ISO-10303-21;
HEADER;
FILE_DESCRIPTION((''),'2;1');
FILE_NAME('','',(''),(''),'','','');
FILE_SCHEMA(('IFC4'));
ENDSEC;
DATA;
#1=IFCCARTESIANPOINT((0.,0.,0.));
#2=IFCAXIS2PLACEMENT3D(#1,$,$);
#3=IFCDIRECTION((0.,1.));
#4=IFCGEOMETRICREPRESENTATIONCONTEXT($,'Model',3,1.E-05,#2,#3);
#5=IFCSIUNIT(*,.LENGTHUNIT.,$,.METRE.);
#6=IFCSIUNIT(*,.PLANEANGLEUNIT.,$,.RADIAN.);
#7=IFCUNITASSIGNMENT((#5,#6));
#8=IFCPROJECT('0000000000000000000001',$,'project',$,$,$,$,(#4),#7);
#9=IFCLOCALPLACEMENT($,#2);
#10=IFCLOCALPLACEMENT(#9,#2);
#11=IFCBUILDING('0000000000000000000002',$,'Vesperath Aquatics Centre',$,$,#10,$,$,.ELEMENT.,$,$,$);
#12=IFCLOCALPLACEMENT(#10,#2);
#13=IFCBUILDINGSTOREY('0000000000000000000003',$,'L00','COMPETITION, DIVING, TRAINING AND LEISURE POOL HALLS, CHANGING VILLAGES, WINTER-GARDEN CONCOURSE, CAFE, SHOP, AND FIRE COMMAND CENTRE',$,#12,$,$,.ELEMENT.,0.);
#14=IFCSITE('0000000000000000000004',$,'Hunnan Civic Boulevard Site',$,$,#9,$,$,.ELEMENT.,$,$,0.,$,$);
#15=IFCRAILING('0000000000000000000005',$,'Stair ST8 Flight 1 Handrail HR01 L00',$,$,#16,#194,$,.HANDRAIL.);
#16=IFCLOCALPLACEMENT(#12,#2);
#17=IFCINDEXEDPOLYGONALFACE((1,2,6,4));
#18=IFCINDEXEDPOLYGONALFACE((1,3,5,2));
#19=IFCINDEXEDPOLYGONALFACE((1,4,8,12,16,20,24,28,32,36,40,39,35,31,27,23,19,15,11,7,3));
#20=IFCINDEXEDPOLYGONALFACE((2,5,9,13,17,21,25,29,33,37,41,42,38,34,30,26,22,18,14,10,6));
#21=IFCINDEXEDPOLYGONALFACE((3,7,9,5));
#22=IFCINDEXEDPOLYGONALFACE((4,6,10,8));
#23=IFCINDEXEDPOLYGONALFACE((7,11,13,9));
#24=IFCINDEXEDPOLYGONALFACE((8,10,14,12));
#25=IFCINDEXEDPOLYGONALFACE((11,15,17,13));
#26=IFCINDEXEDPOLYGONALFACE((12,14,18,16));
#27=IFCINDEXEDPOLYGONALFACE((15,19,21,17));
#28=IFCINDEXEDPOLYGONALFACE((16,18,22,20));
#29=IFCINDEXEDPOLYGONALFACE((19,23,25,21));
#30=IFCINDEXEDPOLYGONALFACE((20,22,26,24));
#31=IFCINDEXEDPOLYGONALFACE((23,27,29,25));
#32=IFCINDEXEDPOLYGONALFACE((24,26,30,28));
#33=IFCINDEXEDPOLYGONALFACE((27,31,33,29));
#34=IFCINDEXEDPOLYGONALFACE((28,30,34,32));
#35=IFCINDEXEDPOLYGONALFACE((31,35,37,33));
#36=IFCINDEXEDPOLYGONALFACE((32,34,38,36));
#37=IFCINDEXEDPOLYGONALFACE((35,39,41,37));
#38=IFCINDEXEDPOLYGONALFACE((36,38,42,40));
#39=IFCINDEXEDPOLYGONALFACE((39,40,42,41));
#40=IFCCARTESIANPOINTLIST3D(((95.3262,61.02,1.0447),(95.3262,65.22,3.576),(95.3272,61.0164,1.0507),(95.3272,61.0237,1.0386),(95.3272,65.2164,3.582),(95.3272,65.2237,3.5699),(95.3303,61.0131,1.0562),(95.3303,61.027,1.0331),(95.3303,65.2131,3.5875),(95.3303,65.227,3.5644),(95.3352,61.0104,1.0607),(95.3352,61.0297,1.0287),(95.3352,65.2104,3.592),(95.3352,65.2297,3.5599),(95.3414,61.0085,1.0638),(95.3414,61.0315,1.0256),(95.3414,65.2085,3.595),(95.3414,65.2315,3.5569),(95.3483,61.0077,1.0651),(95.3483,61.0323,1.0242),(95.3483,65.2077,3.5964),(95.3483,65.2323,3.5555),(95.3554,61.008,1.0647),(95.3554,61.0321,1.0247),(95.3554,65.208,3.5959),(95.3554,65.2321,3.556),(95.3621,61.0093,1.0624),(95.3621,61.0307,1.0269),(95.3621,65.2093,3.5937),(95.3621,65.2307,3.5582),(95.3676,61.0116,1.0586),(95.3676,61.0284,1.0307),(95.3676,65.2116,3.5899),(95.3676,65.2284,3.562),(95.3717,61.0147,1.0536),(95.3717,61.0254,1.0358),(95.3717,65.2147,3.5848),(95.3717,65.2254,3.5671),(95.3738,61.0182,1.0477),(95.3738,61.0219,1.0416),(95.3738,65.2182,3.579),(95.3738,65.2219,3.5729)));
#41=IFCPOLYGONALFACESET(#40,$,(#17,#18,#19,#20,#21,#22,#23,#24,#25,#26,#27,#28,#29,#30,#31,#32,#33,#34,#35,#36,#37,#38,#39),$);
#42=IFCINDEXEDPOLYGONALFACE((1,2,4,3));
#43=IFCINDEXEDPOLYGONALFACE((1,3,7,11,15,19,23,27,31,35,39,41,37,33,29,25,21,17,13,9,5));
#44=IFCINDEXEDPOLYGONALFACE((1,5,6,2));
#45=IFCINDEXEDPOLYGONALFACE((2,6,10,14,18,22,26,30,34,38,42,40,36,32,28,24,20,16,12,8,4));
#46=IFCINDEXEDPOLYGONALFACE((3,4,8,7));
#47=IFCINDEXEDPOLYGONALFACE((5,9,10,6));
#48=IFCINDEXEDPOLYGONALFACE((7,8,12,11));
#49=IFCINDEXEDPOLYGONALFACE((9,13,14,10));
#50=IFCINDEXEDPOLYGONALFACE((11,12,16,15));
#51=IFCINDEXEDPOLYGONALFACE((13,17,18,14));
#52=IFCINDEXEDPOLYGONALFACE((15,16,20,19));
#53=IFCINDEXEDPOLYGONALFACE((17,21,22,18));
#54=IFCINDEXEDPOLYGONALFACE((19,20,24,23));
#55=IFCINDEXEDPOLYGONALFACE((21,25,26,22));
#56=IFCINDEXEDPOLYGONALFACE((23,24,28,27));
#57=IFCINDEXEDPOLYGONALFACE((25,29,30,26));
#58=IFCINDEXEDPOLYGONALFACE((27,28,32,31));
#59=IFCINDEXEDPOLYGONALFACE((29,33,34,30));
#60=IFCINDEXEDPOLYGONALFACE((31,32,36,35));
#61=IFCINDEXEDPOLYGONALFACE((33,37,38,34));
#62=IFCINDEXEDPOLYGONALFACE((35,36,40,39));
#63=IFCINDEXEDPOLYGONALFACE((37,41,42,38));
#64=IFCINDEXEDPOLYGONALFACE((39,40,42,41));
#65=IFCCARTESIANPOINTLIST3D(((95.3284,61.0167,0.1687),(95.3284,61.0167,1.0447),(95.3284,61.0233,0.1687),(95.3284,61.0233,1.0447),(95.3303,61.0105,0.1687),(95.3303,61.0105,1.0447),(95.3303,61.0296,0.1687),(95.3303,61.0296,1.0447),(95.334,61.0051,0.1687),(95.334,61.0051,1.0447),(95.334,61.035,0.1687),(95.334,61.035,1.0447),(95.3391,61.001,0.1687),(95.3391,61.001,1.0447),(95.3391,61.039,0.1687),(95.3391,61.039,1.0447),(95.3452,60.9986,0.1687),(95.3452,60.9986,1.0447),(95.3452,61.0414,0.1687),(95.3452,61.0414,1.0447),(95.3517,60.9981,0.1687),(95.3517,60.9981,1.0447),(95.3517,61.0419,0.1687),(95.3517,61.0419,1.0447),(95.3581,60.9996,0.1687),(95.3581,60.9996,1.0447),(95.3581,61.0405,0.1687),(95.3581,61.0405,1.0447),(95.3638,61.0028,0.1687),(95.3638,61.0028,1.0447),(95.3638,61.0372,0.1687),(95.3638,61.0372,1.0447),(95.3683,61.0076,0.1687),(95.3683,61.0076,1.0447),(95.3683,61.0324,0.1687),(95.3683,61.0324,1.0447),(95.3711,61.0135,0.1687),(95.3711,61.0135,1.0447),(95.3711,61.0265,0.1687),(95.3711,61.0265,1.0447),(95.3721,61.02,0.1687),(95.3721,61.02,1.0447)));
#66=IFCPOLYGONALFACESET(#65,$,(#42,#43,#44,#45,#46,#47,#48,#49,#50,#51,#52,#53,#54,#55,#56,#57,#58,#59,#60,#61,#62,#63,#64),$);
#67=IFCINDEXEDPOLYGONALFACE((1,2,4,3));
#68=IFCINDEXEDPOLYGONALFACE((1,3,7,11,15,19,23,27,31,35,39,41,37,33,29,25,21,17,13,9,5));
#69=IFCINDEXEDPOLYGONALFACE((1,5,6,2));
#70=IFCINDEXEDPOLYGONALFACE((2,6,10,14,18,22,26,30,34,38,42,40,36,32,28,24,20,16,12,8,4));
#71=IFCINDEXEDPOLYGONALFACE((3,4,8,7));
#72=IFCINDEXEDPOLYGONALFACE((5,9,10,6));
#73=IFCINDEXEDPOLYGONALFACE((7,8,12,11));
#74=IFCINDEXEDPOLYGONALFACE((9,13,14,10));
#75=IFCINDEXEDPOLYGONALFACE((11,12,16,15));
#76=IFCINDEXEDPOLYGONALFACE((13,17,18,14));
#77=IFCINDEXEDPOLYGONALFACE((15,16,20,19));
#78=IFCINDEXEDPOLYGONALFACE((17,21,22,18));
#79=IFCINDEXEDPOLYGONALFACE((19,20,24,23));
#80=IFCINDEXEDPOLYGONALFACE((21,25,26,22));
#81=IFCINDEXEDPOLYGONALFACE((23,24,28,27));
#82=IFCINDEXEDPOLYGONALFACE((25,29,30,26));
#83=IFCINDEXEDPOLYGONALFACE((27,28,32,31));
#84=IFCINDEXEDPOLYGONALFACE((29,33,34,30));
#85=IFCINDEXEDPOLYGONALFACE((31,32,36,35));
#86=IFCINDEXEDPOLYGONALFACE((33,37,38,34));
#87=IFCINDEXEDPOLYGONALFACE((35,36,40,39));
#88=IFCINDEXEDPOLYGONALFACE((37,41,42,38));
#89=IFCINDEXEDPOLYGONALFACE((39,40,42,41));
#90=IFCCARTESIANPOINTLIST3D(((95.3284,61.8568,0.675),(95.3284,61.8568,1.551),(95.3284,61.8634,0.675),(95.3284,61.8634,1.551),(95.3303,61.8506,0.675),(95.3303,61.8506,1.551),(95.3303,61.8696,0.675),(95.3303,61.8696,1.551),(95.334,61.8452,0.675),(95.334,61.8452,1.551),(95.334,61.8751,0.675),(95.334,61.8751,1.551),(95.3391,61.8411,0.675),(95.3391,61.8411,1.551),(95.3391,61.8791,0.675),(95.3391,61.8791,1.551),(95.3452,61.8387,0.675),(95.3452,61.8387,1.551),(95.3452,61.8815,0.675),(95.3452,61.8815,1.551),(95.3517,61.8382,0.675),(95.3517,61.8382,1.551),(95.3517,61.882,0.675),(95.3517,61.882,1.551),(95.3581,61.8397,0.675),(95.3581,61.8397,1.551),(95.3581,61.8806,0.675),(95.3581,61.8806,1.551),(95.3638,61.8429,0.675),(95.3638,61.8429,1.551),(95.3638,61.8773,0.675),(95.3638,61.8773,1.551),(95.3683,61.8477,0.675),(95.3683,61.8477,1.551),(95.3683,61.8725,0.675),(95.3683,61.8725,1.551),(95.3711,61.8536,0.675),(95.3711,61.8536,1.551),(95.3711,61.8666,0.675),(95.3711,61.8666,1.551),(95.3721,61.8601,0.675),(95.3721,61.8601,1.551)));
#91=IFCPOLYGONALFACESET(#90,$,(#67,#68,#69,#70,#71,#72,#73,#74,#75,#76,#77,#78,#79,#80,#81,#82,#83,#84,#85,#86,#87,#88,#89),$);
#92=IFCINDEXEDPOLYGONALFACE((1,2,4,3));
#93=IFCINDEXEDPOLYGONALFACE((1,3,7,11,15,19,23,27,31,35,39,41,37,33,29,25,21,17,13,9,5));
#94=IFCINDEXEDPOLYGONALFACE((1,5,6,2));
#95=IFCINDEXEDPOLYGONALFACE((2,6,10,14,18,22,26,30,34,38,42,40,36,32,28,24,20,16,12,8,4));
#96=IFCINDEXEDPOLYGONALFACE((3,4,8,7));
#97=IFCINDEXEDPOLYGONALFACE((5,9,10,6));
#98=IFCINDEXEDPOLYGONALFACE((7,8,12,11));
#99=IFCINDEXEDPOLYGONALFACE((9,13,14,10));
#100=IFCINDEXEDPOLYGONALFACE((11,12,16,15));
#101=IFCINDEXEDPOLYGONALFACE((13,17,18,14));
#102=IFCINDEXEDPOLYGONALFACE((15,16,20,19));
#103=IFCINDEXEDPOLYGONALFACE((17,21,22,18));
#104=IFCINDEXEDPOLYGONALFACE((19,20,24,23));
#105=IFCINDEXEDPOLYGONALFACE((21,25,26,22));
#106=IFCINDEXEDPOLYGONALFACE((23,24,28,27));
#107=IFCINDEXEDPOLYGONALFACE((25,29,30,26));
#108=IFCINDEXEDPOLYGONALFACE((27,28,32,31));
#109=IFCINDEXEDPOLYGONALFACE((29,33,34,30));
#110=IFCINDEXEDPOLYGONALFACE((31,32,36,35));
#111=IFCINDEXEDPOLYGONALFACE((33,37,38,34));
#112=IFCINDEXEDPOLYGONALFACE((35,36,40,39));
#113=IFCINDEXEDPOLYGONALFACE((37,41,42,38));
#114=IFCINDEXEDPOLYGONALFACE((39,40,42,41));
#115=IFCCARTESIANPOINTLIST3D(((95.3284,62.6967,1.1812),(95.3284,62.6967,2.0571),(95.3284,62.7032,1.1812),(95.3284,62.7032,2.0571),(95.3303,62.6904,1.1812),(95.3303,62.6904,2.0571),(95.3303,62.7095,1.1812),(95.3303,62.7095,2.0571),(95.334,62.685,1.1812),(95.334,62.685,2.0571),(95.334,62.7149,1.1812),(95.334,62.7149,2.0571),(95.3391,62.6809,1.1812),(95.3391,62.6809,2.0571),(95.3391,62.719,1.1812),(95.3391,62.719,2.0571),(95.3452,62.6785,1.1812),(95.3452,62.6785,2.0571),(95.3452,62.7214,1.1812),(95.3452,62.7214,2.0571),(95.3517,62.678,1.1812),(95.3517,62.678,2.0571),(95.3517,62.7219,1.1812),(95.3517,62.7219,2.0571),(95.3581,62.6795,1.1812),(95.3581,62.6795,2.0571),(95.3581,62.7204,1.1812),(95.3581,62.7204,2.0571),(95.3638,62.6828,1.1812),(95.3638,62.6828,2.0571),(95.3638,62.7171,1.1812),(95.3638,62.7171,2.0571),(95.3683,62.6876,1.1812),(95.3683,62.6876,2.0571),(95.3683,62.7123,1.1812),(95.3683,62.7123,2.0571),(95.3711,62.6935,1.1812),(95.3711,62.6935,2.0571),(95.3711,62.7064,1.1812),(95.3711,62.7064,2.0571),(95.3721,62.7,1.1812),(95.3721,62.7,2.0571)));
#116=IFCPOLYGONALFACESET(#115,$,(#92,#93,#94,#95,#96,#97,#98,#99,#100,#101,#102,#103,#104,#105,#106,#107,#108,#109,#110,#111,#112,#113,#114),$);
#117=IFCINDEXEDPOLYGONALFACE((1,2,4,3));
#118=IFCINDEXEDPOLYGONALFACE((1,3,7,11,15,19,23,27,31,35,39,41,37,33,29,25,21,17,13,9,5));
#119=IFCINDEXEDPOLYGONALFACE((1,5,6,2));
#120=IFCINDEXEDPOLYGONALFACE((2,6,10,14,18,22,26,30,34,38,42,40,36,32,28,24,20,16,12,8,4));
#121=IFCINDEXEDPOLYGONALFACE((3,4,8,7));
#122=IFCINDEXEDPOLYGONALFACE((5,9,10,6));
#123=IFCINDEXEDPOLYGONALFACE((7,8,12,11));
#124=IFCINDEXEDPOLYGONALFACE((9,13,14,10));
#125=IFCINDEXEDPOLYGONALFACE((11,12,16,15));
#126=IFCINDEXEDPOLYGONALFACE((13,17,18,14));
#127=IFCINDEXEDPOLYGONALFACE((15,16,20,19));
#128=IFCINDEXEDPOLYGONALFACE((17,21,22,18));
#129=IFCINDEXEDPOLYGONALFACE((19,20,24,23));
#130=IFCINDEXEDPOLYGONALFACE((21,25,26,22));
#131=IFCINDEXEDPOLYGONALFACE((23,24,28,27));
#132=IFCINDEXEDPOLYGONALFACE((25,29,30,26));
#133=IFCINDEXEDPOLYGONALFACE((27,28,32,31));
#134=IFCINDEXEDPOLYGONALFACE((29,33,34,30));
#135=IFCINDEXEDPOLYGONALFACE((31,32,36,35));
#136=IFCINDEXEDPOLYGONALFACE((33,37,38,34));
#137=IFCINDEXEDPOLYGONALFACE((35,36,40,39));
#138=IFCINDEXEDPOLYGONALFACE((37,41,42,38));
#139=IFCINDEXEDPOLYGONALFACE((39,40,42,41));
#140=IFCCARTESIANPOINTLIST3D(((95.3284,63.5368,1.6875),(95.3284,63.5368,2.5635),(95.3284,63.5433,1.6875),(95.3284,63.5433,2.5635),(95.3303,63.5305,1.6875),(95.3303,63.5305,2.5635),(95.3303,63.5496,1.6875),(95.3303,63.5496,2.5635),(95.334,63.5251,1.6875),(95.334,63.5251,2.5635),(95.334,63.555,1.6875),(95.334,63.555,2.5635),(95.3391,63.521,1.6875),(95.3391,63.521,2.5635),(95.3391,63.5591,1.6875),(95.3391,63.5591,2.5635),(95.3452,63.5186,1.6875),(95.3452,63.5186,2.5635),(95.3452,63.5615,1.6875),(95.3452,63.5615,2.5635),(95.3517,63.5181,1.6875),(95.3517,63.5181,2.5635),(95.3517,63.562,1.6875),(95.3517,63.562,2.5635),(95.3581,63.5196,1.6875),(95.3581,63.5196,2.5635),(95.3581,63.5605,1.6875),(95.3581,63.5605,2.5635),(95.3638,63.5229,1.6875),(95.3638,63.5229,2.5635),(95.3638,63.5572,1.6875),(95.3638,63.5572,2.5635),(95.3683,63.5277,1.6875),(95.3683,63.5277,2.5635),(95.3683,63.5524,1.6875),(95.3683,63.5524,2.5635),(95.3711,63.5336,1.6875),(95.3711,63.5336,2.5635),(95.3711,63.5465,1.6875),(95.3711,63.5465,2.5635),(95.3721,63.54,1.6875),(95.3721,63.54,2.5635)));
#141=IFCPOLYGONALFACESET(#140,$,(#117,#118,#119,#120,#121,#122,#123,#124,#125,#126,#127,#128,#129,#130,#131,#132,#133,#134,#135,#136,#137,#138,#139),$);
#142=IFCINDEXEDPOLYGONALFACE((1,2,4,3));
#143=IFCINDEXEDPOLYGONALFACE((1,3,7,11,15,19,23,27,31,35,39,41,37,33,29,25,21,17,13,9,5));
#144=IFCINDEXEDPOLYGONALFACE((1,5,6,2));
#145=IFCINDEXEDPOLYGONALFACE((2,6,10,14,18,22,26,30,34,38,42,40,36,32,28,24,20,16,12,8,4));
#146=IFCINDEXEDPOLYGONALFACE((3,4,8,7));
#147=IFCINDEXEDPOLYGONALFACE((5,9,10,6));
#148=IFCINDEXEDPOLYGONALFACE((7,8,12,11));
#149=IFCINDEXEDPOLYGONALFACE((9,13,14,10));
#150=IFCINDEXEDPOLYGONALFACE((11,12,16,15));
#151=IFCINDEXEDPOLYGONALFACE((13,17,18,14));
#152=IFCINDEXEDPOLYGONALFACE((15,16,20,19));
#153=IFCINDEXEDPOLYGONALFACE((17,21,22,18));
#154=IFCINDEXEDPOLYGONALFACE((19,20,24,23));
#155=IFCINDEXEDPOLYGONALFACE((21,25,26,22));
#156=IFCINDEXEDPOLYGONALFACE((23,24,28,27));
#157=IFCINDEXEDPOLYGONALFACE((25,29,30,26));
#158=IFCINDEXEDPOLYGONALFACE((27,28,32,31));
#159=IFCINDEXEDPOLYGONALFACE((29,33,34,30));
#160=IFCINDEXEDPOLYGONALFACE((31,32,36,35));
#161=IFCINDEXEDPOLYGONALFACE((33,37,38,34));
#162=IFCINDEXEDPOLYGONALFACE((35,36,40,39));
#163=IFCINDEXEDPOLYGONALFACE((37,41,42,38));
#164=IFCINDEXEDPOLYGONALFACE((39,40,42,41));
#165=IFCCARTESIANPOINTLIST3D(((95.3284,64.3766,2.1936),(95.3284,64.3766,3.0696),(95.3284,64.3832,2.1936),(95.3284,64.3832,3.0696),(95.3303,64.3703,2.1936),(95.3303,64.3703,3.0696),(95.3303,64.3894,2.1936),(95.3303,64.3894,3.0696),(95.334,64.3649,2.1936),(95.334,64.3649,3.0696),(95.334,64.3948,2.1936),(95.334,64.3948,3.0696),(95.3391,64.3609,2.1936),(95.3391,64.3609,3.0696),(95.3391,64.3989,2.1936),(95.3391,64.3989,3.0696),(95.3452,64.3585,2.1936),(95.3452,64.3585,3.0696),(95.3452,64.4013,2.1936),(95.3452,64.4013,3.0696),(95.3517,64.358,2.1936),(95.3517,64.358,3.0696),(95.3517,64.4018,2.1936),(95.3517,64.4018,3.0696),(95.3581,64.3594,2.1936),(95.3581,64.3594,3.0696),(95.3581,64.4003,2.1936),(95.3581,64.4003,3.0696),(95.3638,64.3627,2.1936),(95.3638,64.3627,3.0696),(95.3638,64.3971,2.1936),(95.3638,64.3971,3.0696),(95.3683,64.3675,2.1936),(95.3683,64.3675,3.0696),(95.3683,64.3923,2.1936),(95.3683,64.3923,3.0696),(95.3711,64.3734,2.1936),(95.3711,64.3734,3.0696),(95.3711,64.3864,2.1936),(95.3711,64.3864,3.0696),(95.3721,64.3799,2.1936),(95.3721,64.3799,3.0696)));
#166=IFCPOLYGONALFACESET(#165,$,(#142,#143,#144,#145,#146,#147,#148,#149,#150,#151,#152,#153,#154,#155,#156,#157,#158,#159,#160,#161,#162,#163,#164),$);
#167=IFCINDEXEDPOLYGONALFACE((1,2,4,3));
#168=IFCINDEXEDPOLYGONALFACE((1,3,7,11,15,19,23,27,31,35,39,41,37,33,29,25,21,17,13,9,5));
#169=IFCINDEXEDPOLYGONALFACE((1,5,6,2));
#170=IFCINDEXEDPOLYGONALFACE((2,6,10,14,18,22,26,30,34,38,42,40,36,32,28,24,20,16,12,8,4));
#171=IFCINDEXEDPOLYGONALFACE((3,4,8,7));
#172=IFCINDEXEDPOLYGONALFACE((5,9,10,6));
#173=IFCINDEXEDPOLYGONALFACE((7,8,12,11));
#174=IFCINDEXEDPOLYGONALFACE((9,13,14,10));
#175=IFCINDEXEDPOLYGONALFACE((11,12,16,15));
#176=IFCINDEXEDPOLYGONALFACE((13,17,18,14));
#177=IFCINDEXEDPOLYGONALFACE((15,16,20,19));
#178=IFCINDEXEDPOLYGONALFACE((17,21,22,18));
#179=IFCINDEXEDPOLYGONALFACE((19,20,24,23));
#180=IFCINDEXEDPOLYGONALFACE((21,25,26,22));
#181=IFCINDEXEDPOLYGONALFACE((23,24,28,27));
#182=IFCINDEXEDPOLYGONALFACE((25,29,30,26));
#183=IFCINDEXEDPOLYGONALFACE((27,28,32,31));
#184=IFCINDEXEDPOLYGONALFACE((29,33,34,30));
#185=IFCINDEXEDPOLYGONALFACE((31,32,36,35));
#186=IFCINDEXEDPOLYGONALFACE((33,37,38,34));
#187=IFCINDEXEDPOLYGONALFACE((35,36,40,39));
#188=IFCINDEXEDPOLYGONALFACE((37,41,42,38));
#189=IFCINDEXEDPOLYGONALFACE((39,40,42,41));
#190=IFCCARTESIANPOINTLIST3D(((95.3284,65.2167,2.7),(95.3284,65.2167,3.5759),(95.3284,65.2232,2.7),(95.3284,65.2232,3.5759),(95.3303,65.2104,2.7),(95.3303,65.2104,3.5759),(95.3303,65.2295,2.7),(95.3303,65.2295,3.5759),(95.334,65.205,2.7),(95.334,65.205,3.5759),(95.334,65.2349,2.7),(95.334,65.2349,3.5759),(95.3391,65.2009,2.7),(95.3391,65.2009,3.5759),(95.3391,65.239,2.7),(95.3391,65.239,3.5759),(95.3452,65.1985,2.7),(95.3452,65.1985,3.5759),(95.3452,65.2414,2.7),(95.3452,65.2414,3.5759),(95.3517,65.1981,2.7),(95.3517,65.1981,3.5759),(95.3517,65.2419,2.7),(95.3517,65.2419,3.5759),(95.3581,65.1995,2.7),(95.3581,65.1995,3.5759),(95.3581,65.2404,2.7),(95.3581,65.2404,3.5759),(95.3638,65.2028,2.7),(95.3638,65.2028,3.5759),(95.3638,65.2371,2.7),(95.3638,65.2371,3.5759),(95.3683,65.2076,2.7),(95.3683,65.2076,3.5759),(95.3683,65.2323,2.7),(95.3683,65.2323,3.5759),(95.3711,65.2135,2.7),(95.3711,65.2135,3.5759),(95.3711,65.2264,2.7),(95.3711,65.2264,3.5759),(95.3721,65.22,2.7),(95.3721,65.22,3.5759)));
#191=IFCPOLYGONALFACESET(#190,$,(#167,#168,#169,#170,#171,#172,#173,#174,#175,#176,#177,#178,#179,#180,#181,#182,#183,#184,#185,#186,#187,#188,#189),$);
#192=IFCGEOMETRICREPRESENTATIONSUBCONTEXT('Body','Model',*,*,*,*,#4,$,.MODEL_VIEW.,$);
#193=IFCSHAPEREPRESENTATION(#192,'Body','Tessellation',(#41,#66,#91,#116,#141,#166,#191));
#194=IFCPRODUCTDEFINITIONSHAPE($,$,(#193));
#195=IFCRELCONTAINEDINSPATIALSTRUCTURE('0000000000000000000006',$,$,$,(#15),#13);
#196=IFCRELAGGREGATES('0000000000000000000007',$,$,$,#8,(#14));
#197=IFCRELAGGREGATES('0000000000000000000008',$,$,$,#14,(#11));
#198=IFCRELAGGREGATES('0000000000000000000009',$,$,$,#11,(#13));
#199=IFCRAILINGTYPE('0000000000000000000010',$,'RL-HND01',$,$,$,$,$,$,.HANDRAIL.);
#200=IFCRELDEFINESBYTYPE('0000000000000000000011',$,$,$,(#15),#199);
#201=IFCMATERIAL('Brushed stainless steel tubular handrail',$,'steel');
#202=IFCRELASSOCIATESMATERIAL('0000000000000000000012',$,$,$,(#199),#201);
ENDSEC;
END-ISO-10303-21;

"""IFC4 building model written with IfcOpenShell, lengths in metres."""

from ifc_helpers import new_model, si_unit, direction, frame, origin, origin_2d, place, context, subcontext, project, spatial, circle, extrude, material, type_object, element, save


model = new_model("IFC4")

# Units and contexts
model_context = context("Model", 3, precision=1e-05, world=origin(), true_north=direction((0.0, 1.0)))
body_context = subcontext(model_context, "Body", "Model", "MODEL_VIEW")
ifc_project = project(units=[si_unit("LENGTHUNIT", "METRE"), si_unit("PLANEANGLEUNIT", "RADIAN")], contexts=[model_context])

# Site, building, storey
site_placement = place(None, origin())
site = spatial("IfcSite", under=ifc_project, at=site_placement, Name="Hunnan Civic Boulevard Site", CompositionType="ELEMENT", RefElevation=0.0)
building_placement = place(site_placement, origin())
building = spatial("IfcBuilding", under=site, at=building_placement, Name="Vesperath Aquatics Centre", CompositionType="ELEMENT")
storey_placement = place(building_placement, origin())
storey = spatial("IfcBuildingStorey", under=building, at=storey_placement, Name="L00", Description="COMPETITION, DIVING, TRAINING AND LEISURE POOL HALLS, CHANGING VILLAGES, WINTER-GARDEN CONCOURSE, CAFE, SHOP, AND FIRE COMMAND CENTRE", CompositionType="ELEMENT", Elevation=0.0)

# Railing
ifc_material_1 = material(Name="Brushed stainless steel tubular handrail", Category="steel")
railing_type_1 = type_object("IfcRailingType", Name="RL-HND01", PredefinedType="HANDRAIL", material=ifc_material_1)
railing_1_placement = place(storey_placement, frame((95.3501, 61.02, 0.1687)))
element("IfcRailing", 1, at=railing_1_placement, inside=storey, type_object=railing_type_1, Name="Stair ST8 Flight 1 Handrail HR01 L00", PredefinedType="HANDRAIL", context=body_context, shape_type="SweptSolid", body=[
    extrude(circle(Radius=0.0239, at=origin_2d()), frame((0.0, 0.0, 0.876), z_axis=(0.0, 0.856476, 0.516186), x_axis=(-1.0, 0.0, 0.0)), (0.0, 0.0, 1.0), 4.9038),
    extrude(circle(Radius=0.022, at=origin_2d()), origin(), (0.0, 0.0, 1.0), 0.876),
    extrude(circle(Radius=0.022, at=origin_2d()), frame((0.0, 0.8401, 0.5063)), (0.0, 0.0, 1.0), 0.876),
    extrude(circle(Radius=0.022, at=origin_2d()), frame((0.0, 1.6799, 1.0125)), (0.0, 0.0, 1.0), 0.876),
    extrude(circle(Radius=0.022, at=origin_2d()), frame((0.0, 2.52, 1.5188)), (0.0, 0.0, 1.0), 0.876),
    extrude(circle(Radius=0.022, at=origin_2d()), frame((0.0, 3.3599, 2.0249)), (0.0, 0.0, 1.0), 0.876),
    extrude(circle(Radius=0.022, at=origin_2d()), frame((0.0, 4.2, 2.5312)), (0.0, 0.0, 1.0), 0.876),
])

save(model, "model.ifc")
